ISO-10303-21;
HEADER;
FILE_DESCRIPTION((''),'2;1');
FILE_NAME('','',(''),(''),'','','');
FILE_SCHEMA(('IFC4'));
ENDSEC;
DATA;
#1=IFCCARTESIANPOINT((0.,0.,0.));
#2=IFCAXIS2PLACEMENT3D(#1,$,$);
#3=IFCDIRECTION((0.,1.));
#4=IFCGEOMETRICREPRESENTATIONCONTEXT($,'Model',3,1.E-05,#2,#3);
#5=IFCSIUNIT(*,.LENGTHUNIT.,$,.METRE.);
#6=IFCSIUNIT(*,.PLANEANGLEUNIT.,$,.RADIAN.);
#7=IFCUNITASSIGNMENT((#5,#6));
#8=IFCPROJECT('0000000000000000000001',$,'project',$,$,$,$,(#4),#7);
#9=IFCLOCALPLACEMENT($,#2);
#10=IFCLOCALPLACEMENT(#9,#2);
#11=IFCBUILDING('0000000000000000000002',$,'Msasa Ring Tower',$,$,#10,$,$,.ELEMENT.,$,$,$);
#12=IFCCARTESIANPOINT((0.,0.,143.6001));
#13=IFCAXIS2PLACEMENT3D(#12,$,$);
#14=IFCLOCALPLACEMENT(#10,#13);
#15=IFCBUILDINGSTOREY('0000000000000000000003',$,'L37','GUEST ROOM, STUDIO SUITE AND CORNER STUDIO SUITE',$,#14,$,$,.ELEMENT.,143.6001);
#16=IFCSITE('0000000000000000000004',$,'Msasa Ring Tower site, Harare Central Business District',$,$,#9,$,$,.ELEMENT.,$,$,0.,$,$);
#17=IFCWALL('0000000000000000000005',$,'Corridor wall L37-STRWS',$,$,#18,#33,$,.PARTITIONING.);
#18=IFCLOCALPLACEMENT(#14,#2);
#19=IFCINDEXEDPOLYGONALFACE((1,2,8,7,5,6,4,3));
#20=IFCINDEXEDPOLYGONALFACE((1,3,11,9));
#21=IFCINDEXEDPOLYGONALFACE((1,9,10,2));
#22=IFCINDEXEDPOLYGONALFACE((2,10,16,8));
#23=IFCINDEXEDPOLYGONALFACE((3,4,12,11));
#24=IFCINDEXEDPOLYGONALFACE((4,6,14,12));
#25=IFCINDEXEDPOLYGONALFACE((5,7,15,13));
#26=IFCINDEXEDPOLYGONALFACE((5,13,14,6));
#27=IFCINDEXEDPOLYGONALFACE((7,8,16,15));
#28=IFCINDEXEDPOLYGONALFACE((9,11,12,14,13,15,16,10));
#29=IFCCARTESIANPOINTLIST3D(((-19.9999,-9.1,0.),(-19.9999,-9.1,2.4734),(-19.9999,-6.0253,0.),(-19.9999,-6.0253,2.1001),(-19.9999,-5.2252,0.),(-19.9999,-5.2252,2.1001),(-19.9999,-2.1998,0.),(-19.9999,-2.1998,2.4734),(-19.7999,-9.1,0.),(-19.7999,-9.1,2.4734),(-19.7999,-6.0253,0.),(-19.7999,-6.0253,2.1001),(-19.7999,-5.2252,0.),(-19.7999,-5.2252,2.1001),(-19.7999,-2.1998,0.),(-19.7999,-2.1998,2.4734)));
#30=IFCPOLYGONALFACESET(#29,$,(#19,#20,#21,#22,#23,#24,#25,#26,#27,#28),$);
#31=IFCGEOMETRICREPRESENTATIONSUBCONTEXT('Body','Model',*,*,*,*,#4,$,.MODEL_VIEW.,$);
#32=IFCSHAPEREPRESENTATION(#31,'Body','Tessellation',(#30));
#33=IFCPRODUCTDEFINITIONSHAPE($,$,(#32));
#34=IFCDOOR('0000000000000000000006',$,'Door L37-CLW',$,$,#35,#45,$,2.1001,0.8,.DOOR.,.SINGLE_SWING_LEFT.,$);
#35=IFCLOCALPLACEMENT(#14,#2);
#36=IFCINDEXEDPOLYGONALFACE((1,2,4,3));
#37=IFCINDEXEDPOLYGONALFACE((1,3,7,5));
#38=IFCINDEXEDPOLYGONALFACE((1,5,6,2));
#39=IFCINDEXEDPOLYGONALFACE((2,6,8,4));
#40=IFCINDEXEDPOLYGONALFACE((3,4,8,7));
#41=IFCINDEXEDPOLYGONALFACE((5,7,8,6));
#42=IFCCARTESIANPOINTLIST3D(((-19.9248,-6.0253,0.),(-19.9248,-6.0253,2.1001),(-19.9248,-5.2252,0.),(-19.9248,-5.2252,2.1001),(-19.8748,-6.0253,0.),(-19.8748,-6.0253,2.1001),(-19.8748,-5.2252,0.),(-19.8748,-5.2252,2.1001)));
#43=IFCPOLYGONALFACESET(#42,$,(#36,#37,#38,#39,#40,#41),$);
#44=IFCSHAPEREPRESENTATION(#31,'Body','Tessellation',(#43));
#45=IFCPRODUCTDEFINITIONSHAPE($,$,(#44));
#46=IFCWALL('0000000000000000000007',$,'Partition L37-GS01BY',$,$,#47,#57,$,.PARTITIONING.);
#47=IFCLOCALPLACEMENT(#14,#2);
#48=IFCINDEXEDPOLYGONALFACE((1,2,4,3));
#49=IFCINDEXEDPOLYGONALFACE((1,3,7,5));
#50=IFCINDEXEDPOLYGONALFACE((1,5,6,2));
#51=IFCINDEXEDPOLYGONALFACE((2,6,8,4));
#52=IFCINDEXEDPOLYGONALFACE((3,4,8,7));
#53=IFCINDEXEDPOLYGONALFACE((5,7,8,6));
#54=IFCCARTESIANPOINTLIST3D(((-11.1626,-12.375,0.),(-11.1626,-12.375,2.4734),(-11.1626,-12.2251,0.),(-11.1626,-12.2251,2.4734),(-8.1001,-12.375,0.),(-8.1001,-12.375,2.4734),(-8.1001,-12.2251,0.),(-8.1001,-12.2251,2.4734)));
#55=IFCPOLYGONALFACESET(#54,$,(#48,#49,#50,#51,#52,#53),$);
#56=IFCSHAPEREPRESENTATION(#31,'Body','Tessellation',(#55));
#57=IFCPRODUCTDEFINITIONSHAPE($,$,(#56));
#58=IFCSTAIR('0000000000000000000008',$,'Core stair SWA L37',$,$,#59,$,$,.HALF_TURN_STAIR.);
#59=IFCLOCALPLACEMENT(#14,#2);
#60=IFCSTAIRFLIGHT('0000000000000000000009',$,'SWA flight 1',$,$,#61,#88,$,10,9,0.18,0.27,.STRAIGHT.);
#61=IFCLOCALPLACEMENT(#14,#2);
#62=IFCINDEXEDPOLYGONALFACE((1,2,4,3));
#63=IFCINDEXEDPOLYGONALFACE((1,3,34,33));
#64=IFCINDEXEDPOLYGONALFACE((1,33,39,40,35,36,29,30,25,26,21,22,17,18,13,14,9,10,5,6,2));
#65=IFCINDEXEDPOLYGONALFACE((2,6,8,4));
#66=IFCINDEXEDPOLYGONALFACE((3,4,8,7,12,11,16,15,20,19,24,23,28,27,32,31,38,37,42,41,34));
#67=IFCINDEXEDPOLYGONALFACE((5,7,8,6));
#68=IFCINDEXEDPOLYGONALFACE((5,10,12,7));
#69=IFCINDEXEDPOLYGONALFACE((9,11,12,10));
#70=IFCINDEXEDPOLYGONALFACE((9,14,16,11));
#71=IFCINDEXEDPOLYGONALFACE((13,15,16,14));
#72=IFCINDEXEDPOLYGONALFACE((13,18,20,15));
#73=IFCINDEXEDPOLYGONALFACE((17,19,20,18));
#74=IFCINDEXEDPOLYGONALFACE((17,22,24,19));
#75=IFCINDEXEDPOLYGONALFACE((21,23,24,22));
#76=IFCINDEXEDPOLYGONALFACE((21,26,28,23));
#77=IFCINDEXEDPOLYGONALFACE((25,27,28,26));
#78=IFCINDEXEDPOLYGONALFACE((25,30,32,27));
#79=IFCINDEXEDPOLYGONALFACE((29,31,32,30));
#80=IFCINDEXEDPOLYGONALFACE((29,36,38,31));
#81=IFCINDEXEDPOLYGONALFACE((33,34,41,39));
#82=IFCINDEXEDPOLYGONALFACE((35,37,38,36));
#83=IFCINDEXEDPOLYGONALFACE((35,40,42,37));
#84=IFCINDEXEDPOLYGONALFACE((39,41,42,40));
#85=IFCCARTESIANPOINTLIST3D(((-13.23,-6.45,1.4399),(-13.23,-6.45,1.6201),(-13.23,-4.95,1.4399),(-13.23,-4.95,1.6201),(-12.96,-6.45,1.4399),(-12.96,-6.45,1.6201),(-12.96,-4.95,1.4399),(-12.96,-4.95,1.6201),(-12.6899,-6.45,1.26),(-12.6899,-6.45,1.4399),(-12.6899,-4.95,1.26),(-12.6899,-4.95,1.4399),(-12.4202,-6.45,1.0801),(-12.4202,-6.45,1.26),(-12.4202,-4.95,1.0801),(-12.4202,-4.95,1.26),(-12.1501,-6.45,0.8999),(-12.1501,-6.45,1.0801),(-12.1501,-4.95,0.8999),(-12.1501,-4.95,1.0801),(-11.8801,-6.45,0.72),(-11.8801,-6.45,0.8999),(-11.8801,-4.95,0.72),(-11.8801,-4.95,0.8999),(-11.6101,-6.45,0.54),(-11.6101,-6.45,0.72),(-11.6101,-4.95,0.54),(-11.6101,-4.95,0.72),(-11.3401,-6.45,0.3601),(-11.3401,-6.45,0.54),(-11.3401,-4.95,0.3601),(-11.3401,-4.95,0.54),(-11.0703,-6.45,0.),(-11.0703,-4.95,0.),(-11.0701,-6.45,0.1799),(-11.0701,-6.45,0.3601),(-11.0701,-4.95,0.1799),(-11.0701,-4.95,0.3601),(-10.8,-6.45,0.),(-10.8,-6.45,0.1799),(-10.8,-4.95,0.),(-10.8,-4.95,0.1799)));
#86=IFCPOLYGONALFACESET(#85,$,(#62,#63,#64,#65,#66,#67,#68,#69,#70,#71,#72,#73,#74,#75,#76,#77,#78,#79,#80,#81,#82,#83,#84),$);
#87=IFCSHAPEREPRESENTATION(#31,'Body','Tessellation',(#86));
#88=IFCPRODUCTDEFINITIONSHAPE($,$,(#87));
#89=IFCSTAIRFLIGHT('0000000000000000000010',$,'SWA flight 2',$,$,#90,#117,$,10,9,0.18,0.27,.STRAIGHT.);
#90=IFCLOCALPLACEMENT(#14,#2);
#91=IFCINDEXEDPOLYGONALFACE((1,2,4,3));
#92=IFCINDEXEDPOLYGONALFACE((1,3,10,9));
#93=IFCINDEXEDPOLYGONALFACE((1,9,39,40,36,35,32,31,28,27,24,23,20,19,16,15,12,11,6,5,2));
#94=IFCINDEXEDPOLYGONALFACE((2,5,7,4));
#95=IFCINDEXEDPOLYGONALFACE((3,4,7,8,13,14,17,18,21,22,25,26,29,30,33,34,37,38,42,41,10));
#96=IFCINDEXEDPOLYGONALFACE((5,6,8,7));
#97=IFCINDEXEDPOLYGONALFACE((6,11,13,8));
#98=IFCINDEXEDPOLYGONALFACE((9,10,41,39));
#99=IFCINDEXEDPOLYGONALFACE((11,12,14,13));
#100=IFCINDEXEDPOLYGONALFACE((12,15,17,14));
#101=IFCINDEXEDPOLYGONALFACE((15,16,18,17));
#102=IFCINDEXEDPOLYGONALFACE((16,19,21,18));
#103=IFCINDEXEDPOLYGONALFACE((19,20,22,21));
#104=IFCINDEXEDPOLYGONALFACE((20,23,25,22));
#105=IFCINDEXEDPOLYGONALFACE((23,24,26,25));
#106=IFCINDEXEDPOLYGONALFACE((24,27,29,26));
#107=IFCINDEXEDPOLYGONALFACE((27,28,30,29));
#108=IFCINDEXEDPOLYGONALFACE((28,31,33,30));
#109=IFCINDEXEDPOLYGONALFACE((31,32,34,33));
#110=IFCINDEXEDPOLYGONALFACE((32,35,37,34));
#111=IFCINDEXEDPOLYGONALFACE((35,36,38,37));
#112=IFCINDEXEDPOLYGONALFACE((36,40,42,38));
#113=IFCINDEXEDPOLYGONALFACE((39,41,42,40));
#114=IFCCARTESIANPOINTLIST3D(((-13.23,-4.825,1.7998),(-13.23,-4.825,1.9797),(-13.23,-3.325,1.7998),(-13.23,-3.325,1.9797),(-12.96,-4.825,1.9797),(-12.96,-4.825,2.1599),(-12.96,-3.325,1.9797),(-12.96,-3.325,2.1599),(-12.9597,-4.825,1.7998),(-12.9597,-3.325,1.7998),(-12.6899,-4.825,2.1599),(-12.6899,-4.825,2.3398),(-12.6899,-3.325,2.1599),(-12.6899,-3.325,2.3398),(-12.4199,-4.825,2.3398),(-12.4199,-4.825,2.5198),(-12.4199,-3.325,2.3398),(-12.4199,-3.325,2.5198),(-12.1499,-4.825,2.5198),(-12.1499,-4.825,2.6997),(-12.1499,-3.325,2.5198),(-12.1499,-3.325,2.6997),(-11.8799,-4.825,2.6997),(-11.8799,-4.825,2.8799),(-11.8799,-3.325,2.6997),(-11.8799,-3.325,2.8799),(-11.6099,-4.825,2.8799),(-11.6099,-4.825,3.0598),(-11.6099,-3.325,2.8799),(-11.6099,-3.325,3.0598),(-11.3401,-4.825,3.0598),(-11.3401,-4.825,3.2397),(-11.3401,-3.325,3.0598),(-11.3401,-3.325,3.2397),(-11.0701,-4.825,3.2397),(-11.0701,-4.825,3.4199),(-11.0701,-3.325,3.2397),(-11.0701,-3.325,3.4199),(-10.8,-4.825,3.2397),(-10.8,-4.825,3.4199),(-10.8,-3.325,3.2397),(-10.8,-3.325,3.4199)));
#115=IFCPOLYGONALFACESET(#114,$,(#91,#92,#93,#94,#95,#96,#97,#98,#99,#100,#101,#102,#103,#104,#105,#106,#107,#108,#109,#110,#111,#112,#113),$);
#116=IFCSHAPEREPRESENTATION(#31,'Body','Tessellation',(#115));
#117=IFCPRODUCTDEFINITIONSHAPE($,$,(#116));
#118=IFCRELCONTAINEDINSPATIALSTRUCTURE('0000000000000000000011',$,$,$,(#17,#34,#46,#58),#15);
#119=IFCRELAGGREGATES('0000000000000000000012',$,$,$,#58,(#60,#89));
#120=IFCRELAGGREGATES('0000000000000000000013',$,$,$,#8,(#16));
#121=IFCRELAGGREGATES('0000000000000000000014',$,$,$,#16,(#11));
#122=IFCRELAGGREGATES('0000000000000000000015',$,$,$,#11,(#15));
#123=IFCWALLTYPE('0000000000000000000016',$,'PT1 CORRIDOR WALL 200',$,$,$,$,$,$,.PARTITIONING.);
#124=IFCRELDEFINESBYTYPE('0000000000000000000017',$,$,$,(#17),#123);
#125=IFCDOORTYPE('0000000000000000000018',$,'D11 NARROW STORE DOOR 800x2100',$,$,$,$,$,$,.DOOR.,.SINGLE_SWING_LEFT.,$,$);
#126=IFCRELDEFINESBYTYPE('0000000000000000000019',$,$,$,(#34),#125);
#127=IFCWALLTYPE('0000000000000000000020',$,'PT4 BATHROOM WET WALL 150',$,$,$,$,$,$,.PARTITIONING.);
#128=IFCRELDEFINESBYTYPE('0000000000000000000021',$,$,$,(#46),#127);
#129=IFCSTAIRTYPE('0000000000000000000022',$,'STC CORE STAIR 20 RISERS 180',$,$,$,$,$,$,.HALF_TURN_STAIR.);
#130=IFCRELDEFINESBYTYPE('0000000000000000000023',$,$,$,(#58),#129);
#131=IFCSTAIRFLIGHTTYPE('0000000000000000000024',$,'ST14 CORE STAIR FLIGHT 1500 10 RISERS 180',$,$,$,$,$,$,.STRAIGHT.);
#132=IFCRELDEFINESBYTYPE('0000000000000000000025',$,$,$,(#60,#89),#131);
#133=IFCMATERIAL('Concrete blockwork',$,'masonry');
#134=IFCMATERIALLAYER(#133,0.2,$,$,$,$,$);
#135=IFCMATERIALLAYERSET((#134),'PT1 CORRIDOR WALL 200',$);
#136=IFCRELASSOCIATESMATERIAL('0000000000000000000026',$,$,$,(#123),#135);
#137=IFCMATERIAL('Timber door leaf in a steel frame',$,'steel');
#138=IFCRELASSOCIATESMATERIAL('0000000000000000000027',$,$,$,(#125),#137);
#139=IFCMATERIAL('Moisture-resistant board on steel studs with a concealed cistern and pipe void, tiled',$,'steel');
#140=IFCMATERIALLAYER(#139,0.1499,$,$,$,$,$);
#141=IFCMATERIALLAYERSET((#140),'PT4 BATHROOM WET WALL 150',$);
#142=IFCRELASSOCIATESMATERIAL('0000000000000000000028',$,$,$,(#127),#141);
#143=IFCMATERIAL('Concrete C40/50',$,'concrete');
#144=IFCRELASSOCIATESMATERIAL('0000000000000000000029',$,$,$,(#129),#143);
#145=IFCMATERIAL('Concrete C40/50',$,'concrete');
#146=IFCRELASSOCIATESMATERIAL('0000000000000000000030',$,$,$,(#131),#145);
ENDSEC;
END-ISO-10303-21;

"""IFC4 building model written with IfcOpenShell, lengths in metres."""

from ifc_helpers import new_model, si_unit, direction, frame, frame_2d, origin, place, context, subcontext, project, spatial, polyline, rectangle, outline, extrude, material, layer, layer_set, type_object, element, fill, aggregate, save


model = new_model("IFC4")

# Units and contexts
model_context = context("Model", 3, precision=1e-05, world=origin(), true_north=direction((0.0, 1.0)))
body_context = subcontext(model_context, "Body", "Model", "MODEL_VIEW")
ifc_project = project(units=[si_unit("LENGTHUNIT", "METRE"), si_unit("PLANEANGLEUNIT", "RADIAN")], contexts=[model_context])

# Site, building, storey
site_placement = place(None, origin())
site = spatial("IfcSite", under=ifc_project, at=site_placement, Name="Msasa Ring Tower site, Harare Central Business District", CompositionType="ELEMENT", RefElevation=0.0)
building_placement = place(site_placement, origin())
building = spatial("IfcBuilding", under=site, at=building_placement, Name="Msasa Ring Tower", CompositionType="ELEMENT")
storey_placement = place(building_placement, frame((0.0, 0.0, 143.6001)))
storey = spatial("IfcBuildingStorey", under=building, at=storey_placement, Name="L37", Description="GUEST ROOM, STUDIO SUITE AND CORNER STUDIO SUITE", CompositionType="ELEMENT", Elevation=143.6001)

# Wall, opening, door
ifc_material_1 = material(Name="Concrete blockwork", Category="masonry")
ifc_layer_1 = layer(ifc_material_1, 0.2)
ifc_layer_set_1 = layer_set([ifc_layer_1], Name="PT1 CORRIDOR WALL 200")
wall_type_1 = type_object("IfcWallType", Name="PT1 CORRIDOR WALL 200", PredefinedType="PARTITIONING", material=ifc_layer_set_1)
wall_1_placement = place(storey_placement, frame((-19.8999, -9.1001, 0.0), z_axis=(0.0, 0.0, 1.0), x_axis=(0.0, 1.0, 0.0)))
wall_1 = element("IfcWall", 1, at=wall_1_placement, inside=storey, type_object=wall_type_1, Name="Corridor wall L37-STRWS", PredefinedType="PARTITIONING", context=body_context, shape_type="SweptSolid", body=[
    extrude(rectangle(XDim=6.9001, YDim=0.2, at=frame_2d((3.4502, 0.0))), origin(), (0.0, 0.0, 1.0), 2.4734),
])
opening_1_placement = place(wall_1_placement, frame((3.075, 0.0, 0.0)))
opening_1 = element("IfcOpeningElement", 2, at=opening_1_placement, cuts=wall_1, PredefinedType="OPENING", context=body_context, shape_type="SweptSolid", body=[
    extrude(rectangle(XDim=0.8, YDim=2.1001, at=frame_2d((0.3999, 1.05))), frame((0.0, 0.1099, 0.0), z_axis=(0.0, -1.0, 0.0), x_axis=(1.0, 0.0, 0.0)), (0.0, 0.0, 1.0), 0.22),
])
ifc_material_2 = material(Name="Timber door leaf in a steel frame", Category="steel")
door_type_1 = type_object("IfcDoorType", Name="D11 NARROW STORE DOOR 800x2100", OperationType="SINGLE_SWING_LEFT", PredefinedType="DOOR", material=ifc_material_2)
door_1_placement = place(opening_1_placement, origin())
door_1 = element("IfcDoor", 3, at=door_1_placement, inside=storey, type_object=door_type_1, Name="Door L37-CLW", OperationType="SINGLE_SWING_LEFT", OverallHeight=2.1001, OverallWidth=0.8, PredefinedType="DOOR", context=body_context, shape_type="SweptSolid", body=[
    extrude(rectangle(XDim=0.8, YDim=2.1001, at=frame_2d((0.3999, 1.05))), frame((0.0, 0.0249, 0.0), z_axis=(0.0, -1.0, 0.0), x_axis=(1.0, 0.0, 0.0)), (0.0, 0.0, 1.0), 0.05),
])
fill(opening_1, door_1)

# Wall
ifc_material_3 = material(Name="Moisture-resistant board on steel studs with a concealed cistern and pipe void, tiled", Category="steel")
ifc_layer_2 = layer(ifc_material_3, 0.1499)
ifc_layer_set_2 = layer_set([ifc_layer_2], Name="PT4 BATHROOM WET WALL 150")
wall_type_2 = type_object("IfcWallType", Name="PT4 BATHROOM WET WALL 150", PredefinedType="PARTITIONING", material=ifc_layer_set_2)
wall_2_placement = place(storey_placement, frame((-11.1626, -12.3, 0.0), z_axis=(0.0, 0.0, 1.0), x_axis=(1.0, 0.0, 0.0)))
element("IfcWall", 4, at=wall_2_placement, inside=storey, type_object=wall_type_2, Name="Partition L37-GS01BY", PredefinedType="PARTITIONING", context=body_context, shape_type="SweptSolid", body=[
    extrude(rectangle(XDim=3.0625, YDim=0.1499, at=frame_2d((1.5312, 0.0))), origin(), (0.0, 0.0, 1.0), 2.4734),
])

# Stair, stair flights
ifc_material_4 = material(Name="Concrete C40/50", Category="concrete")
stair_type = type_object("IfcStairType", Name="STC CORE STAIR 20 RISERS 180", PredefinedType="HALF_TURN_STAIR", material=ifc_material_4)
stair_placement = place(storey_placement, origin())
stair = element("IfcStair", 5, at=stair_placement, inside=storey, type_object=stair_type, Name="Core stair SWA L37", PredefinedType="HALF_TURN_STAIR")
ifc_material_5 = material(Name="Concrete C40/50", Category="concrete")
stair_flight_type = type_object("IfcStairFlightType", Name="ST14 CORE STAIR FLIGHT 1500 10 RISERS 180", PredefinedType="STRAIGHT", material=ifc_material_5)
stair_flight_1_placement = place(storey_placement, frame((-10.8, -5.7, 0.0), z_axis=(0.0, 0.0, 1.0), x_axis=(-1.0, 0.0, 0.0)))
stair_flight_1 = element("IfcStairFlight", 6, at=stair_flight_1_placement, type_object=stair_flight_type, Name="SWA flight 1", NumberOfRisers=10, NumberOfTreads=9, PredefinedType="STRAIGHT", RiserHeight=0.18, TreadLength=0.27, context=body_context, shape_type="SweptSolid", body=[
    extrude(outline(polyline([(0.0, 0.0), (0.0, 0.1799), (0.27, 0.1799), (0.27, 0.3601), (0.54, 0.3601), (0.54, 0.54), (0.8101, 0.54), (0.8101, 0.72), (1.0801, 0.72), (1.0801, 0.8999), (1.3501, 0.8999), (1.3501, 1.0801), (1.6201, 1.0801), (1.6201, 1.26), (1.8899, 1.26), (1.8899, 1.4399), (2.1599, 1.4399), (2.1599, 1.6201), (2.4299, 1.6201), (2.4299, 1.8), (2.4299, 1.4399), (0.2703, 0.0), (0.0, 0.0)])), frame((0.0, 0.75, 0.0), z_axis=(0.0, -1.0, 0.0), x_axis=(1.0, 0.0, 0.0)), (0.0, 0.0, 1.0), 1.5),
])
stair_flight_2_placement = place(storey_placement, frame((-13.23, -4.075, 1.7998), z_axis=(0.0, 0.0, 1.0), x_axis=(1.0, 0.0, 0.0)))
stair_flight_2 = element("IfcStairFlight", 7, at=stair_flight_2_placement, type_object=stair_flight_type, Name="SWA flight 2", NumberOfRisers=10, NumberOfTreads=9, PredefinedType="STRAIGHT", RiserHeight=0.18, TreadLength=0.27, context=body_context, shape_type="SweptSolid", body=[
    extrude(outline(polyline([(0.0, 0.0), (0.0, 0.1799), (0.27, 0.1799), (0.27, 0.3601), (0.54, 0.3601), (0.54, 0.54), (0.8101, 0.54), (0.8101, 0.72), (1.0801, 0.72), (1.0801, 0.8999), (1.3501, 0.8999), (1.3501, 1.0801), (1.6201, 1.0801), (1.6201, 1.26), (1.8899, 1.26), (1.8899, 1.4399), (2.1599, 1.4399), (2.1599, 1.6201), (2.4299, 1.6201), (2.4299, 1.8), (2.4299, 1.4399), (0.2703, 0.0), (0.0, 0.0)])), frame((0.0, 0.75, 0.0), z_axis=(0.0, -1.0, 0.0), x_axis=(1.0, 0.0, 0.0)), (0.0, 0.0, 1.0), 1.5),
])
aggregate(stair, [stair_flight_1, stair_flight_2])

save(model, "model.ifc")
